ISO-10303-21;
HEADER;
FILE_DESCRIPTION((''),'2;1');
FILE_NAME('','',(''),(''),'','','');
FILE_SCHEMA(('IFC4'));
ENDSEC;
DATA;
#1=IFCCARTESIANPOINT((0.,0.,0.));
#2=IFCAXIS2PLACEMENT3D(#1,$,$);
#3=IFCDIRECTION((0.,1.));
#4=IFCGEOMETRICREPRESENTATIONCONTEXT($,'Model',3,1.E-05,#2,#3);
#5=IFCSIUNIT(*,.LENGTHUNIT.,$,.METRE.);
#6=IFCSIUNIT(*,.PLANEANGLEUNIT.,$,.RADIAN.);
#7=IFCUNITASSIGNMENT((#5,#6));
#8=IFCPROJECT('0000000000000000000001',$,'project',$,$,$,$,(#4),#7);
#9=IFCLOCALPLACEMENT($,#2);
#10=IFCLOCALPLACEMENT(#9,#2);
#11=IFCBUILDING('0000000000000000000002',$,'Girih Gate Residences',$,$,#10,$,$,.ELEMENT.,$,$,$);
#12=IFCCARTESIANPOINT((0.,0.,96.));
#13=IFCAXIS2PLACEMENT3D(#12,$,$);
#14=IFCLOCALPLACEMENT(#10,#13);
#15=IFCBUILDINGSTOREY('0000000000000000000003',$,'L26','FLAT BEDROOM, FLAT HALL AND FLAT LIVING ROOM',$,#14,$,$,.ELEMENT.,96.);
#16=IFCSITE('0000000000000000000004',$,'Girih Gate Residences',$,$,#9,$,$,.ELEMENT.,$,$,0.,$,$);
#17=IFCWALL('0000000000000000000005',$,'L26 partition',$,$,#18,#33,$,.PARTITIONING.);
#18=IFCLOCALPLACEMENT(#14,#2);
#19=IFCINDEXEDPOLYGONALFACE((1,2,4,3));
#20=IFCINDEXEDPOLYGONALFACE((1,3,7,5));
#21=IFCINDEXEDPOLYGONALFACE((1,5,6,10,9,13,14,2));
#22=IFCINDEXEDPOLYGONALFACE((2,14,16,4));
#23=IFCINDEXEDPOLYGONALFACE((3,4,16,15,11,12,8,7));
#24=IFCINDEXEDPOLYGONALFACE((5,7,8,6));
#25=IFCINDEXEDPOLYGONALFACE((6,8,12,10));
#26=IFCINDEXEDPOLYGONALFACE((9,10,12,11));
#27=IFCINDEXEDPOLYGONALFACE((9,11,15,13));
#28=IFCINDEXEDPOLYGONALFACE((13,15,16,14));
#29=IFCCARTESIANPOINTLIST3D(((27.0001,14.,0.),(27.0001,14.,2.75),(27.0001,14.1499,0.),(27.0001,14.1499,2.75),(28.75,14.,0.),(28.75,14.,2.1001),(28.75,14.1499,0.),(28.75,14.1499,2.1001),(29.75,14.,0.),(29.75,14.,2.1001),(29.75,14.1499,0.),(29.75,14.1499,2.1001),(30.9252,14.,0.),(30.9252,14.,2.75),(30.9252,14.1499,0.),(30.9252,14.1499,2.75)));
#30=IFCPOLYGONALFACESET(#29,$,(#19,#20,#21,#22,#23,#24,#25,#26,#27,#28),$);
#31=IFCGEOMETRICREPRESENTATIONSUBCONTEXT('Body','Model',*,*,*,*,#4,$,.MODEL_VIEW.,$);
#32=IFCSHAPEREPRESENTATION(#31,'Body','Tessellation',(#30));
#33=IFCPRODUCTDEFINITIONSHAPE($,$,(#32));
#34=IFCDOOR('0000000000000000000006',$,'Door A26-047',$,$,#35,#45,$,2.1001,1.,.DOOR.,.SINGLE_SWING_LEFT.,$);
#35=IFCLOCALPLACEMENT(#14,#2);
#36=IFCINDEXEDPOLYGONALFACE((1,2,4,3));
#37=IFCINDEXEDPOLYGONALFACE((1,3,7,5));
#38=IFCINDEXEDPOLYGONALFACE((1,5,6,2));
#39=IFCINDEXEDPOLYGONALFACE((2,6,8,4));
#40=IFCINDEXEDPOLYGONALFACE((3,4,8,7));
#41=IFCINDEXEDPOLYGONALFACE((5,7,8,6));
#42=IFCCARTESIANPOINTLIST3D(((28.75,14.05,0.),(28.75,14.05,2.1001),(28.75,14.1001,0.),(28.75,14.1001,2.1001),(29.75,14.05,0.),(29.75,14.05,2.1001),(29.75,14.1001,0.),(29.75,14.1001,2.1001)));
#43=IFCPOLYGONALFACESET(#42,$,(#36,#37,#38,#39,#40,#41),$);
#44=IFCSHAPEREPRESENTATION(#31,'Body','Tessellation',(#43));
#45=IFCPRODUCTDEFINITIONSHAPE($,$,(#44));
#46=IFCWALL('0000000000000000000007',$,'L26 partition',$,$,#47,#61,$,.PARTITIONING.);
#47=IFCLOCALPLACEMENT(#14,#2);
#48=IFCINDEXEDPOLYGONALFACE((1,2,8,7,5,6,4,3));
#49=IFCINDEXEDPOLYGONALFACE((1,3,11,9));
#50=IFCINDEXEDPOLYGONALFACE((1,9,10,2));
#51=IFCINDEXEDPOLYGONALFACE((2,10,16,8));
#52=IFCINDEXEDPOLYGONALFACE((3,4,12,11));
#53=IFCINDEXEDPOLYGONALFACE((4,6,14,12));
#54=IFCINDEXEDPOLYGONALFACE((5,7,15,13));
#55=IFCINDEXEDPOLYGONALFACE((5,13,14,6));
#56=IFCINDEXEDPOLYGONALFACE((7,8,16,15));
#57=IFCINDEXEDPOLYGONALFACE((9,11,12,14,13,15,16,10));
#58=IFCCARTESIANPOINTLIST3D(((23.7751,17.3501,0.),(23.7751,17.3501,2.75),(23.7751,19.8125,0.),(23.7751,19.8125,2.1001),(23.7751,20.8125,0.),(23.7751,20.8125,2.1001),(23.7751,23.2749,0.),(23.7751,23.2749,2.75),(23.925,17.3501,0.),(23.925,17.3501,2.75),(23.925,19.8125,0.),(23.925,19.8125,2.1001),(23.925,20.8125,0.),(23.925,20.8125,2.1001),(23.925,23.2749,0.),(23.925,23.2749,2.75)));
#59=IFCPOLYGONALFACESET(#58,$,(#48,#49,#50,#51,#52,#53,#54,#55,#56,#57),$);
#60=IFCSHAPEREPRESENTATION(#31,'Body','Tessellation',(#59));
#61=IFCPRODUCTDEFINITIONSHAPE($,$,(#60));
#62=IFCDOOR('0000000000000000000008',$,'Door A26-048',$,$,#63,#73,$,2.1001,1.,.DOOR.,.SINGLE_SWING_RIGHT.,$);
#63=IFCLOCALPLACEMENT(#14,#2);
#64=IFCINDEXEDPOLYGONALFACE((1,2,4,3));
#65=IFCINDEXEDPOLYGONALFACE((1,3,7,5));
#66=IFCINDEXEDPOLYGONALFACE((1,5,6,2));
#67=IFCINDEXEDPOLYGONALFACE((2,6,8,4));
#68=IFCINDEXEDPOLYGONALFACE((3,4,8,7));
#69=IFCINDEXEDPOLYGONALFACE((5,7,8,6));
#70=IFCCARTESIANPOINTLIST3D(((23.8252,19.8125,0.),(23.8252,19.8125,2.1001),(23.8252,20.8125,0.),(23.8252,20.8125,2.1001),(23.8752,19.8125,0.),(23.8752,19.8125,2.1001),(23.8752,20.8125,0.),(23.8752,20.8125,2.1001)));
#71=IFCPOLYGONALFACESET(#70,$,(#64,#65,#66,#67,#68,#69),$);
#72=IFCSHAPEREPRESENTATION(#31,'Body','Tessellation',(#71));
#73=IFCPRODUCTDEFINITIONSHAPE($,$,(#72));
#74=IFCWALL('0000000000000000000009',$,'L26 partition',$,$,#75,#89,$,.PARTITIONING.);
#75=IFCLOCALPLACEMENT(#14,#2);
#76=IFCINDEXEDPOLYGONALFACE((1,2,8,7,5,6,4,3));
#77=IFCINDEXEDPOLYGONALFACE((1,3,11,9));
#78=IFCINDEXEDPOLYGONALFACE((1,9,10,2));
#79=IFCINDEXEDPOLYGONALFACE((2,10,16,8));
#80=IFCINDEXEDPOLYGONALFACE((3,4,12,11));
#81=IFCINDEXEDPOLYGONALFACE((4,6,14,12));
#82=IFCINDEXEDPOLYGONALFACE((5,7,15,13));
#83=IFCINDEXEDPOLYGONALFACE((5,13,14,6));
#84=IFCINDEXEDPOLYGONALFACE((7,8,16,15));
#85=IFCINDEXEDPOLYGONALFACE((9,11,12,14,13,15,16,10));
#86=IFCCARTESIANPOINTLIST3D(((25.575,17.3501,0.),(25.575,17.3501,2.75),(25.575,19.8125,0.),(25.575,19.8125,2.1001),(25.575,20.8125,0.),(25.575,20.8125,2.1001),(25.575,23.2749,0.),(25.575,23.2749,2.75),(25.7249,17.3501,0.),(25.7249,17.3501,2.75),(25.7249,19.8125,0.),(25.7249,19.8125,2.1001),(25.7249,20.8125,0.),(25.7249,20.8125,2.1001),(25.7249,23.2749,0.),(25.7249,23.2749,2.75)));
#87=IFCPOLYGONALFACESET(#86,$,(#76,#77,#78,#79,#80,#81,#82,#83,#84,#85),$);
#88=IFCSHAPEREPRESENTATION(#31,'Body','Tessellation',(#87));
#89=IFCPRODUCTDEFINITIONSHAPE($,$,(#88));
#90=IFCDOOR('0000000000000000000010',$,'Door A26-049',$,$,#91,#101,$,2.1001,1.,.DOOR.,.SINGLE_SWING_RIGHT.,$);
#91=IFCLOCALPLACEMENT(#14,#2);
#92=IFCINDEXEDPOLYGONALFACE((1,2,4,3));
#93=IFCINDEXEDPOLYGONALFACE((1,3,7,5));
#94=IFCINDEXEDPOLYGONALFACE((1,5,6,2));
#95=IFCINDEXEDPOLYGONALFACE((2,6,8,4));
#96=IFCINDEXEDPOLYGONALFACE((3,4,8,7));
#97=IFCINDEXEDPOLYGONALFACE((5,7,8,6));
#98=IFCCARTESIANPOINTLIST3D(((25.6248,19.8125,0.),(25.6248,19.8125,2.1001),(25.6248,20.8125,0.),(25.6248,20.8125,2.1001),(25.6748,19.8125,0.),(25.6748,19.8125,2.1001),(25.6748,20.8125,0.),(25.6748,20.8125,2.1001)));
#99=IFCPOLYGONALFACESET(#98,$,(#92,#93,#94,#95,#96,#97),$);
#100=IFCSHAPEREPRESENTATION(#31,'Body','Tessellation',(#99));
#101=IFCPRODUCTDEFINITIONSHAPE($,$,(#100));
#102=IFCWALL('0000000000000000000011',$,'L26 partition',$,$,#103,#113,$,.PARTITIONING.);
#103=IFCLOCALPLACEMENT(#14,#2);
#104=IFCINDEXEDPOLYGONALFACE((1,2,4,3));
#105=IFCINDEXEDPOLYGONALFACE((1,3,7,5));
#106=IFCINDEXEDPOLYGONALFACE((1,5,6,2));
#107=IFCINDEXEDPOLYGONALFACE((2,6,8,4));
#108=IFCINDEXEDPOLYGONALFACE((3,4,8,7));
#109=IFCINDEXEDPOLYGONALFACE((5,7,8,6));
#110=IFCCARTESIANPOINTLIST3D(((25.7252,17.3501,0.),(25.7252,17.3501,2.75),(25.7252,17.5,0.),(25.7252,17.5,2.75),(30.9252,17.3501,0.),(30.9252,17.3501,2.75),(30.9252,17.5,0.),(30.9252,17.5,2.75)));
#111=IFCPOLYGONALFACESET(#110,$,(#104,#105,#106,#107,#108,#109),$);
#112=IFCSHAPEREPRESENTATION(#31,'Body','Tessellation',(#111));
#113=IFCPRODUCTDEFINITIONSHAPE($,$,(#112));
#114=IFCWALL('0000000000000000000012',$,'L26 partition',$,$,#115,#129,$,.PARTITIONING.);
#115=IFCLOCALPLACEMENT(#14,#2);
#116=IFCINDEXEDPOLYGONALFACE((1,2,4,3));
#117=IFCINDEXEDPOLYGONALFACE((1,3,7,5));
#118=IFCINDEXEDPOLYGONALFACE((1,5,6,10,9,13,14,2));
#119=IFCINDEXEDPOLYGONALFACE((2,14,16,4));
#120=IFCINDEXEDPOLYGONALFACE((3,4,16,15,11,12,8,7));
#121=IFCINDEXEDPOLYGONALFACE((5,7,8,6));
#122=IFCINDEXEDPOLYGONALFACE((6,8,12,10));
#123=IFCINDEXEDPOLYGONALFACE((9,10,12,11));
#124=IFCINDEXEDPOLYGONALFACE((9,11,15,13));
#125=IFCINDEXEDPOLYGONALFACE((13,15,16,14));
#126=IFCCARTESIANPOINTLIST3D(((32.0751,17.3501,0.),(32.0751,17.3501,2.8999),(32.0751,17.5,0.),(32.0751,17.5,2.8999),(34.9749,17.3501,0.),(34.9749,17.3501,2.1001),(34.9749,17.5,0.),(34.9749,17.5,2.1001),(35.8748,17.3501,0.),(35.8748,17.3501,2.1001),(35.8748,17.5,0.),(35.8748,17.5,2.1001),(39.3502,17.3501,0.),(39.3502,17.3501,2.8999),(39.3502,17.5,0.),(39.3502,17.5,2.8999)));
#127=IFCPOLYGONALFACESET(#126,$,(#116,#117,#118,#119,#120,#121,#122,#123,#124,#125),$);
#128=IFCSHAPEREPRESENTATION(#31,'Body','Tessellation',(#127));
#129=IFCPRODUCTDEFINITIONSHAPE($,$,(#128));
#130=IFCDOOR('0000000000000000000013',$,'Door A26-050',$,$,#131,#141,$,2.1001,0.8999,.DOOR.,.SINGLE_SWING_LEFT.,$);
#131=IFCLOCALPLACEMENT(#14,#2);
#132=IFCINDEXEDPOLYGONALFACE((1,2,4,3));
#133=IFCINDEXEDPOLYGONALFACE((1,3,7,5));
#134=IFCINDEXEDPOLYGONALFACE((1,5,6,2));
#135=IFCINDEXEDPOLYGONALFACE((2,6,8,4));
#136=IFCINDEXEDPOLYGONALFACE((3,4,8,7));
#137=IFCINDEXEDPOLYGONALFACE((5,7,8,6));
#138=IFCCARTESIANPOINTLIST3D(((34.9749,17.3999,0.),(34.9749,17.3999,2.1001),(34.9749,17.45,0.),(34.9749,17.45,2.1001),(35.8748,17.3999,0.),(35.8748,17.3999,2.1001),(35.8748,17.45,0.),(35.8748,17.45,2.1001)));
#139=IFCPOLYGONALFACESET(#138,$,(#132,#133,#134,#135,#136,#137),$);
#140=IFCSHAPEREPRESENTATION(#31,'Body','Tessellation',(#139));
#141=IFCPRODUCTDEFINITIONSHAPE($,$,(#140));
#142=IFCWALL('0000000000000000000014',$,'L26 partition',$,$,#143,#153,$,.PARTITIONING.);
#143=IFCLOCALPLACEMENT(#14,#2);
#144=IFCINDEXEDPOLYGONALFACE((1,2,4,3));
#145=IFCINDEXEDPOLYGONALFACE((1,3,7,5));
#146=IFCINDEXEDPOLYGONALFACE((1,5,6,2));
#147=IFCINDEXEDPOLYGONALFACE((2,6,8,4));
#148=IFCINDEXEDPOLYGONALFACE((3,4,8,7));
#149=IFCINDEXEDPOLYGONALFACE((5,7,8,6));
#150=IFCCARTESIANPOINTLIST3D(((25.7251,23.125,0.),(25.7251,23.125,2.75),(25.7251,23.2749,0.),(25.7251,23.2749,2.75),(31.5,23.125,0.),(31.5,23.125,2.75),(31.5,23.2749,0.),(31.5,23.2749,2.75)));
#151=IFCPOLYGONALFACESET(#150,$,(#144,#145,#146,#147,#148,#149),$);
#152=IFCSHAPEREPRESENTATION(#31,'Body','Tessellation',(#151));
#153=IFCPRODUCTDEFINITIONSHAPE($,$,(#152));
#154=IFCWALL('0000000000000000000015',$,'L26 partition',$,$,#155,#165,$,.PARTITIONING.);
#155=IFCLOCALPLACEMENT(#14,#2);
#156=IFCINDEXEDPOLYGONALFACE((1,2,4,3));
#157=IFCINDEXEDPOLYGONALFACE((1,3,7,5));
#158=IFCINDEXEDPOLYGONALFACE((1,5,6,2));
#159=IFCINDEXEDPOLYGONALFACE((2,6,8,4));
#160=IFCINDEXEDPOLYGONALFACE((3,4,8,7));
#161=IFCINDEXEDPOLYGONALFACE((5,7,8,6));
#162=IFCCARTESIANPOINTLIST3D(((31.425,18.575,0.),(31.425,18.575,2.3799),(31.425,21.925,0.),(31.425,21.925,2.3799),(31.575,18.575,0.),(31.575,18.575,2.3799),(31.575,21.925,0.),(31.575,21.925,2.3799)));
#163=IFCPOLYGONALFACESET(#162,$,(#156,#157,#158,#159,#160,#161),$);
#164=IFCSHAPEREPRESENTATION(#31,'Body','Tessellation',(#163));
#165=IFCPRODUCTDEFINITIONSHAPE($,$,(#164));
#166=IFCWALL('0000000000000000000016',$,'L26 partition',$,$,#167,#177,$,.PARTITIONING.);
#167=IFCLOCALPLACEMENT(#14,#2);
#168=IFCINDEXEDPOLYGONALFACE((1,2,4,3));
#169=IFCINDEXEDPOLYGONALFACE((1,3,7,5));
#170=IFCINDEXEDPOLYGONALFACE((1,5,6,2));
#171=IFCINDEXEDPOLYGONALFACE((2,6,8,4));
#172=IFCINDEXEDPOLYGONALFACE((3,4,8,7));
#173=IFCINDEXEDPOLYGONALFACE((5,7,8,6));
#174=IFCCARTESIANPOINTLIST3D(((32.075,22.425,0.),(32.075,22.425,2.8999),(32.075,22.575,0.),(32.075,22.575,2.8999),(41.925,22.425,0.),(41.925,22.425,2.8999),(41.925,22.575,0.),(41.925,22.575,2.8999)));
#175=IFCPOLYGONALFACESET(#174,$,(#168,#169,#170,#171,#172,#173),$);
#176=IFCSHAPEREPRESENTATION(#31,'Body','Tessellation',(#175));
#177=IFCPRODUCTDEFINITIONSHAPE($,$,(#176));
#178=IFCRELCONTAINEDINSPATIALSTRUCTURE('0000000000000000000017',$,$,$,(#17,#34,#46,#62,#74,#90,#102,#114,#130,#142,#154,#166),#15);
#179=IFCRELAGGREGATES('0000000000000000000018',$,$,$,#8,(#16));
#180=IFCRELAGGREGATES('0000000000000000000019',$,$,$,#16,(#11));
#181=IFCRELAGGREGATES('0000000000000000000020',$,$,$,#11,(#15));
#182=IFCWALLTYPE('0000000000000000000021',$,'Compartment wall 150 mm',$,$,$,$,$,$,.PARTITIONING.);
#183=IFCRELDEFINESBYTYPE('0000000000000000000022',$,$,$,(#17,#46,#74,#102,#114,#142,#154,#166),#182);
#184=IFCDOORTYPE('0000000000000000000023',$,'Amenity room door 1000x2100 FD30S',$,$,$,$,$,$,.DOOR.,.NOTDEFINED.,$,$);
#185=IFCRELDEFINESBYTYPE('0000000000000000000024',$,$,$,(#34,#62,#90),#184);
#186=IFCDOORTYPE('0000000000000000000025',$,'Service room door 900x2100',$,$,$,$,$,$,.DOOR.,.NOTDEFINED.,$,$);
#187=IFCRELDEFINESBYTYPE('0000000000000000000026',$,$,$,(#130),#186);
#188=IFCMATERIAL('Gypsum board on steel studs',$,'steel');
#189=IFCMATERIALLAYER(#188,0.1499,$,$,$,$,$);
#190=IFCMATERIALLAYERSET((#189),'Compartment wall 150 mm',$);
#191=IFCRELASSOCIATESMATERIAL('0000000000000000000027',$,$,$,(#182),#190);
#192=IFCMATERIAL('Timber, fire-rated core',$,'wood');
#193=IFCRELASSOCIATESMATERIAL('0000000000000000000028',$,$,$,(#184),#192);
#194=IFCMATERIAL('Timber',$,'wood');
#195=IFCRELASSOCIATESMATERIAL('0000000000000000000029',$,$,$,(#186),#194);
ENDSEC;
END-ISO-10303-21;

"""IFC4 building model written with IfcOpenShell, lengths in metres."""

from ifc_helpers import new_model, si_unit, direction, frame, frame_2d, origin, place, context, subcontext, project, spatial, rectangle, extrude, material, layer, layer_set, type_object, element, fill, save


model = new_model("IFC4")

# Units and contexts
model_context = context("Model", 3, precision=1e-05, world=origin(), true_north=direction((0.0, 1.0)))
body_context = subcontext(model_context, "Body", "Model", "MODEL_VIEW")
ifc_project = project(units=[si_unit("LENGTHUNIT", "METRE"), si_unit("PLANEANGLEUNIT", "RADIAN")], contexts=[model_context])

# Site, building, storey
site_placement = place(None, origin())
site = spatial("IfcSite", under=ifc_project, at=site_placement, Name="Girih Gate Residences", CompositionType="ELEMENT", RefElevation=0.0)
building_placement = place(site_placement, origin())
building = spatial("IfcBuilding", under=site, at=building_placement, Name="Girih Gate Residences", CompositionType="ELEMENT")
storey_placement = place(building_placement, frame((0.0, 0.0, 96.0)))
storey = spatial("IfcBuildingStorey", under=building, at=storey_placement, Name="L26", Description="FLAT BEDROOM, FLAT HALL AND FLAT LIVING ROOM", CompositionType="ELEMENT", Elevation=96.0)

# Shared definitions
ifc_material_1 = material(Name="Gypsum board on steel studs", Category="steel")
ifc_layer_1 = layer(ifc_material_1, 0.1499)
ifc_layer_set_1 = layer_set([ifc_layer_1], Name="Compartment wall 150 mm")
wall_type_1 = type_object("IfcWallType", Name="Compartment wall 150 mm", PredefinedType="PARTITIONING", material=ifc_layer_set_1)

# Walls, openings, doors
ifc_material_2 = material(Name="Timber, fire-rated core", Category="wood")
door_type_1 = type_object("IfcDoorType", Name="Amenity room door 1000x2100 FD30S", OperationType="NOTDEFINED", PredefinedType="DOOR", material=ifc_material_2)
wall_1_placement = place(storey_placement, frame((30.925, 14.075, 0.0), z_axis=(0.0, 0.0, 1.0), x_axis=(-1.0, 0.0, 0.0)))
wall_1 = element("IfcWall", 1, at=wall_1_placement, inside=storey, type_object=wall_type_1, Name="L26 partition", PredefinedType="PARTITIONING", context=body_context, shape_type="SweptSolid", body=[
    extrude(rectangle(XDim=3.925, YDim=0.1499, at=frame_2d((1.9624, 0.0))), origin(), (0.0, 0.0, 1.0), 2.75),
])
opening_1_placement = place(wall_1_placement, frame((1.175, 0.0, 0.0)))
opening_1 = element("IfcOpeningElement", 2, at=opening_1_placement, cuts=wall_1, PredefinedType="OPENING", context=body_context, shape_type="SweptSolid", body=[
    extrude(rectangle(XDim=1.0, YDim=2.1001, at=frame_2d((0.5, 1.05))), frame((0.0, 0.085, 0.0), z_axis=(0.0, -1.0, 0.0), x_axis=(1.0, 0.0, 0.0)), (0.0, 0.0, 1.0), 0.1699),
])
door_1_placement = place(opening_1_placement, origin())
door_1 = element("IfcDoor", 3, at=door_1_placement, inside=storey, type_object=door_type_1, Name="Door A26-047", OperationType="SINGLE_SWING_LEFT", OverallHeight=2.1001, OverallWidth=1.0, PredefinedType="DOOR", context=body_context, shape_type="SweptSolid", body=[
    extrude(rectangle(XDim=1.0, YDim=2.1001, at=frame_2d((0.5, 1.05))), frame((0.0, 0.0249, 0.0), z_axis=(0.0, -1.0, 0.0), x_axis=(1.0, 0.0, 0.0)), (0.0, 0.0, 1.0), 0.05),
])
fill(opening_1, door_1)
wall_2_placement = place(storey_placement, frame((23.8501, 17.3501, 0.0), z_axis=(0.0, 0.0, 1.0), x_axis=(0.0, 1.0, 0.0)))
wall_2 = element("IfcWall", 4, at=wall_2_placement, inside=storey, type_object=wall_type_1, Name="L26 partition", PredefinedType="PARTITIONING", context=body_context, shape_type="SweptSolid", body=[
    extrude(rectangle(XDim=5.9248, YDim=0.1499, at=frame_2d((2.9624, 0.0))), origin(), (0.0, 0.0, 1.0), 2.75),
])
opening_2_placement = place(wall_2_placement, frame((2.4624, 0.0, 0.0)))
opening_2 = element("IfcOpeningElement", 5, at=opening_2_placement, cuts=wall_2, PredefinedType="OPENING", context=body_context, shape_type="SweptSolid", body=[
    extrude(rectangle(XDim=1.0, YDim=2.1001, at=frame_2d((0.5, 1.05))), frame((0.0, 0.085, 0.0), z_axis=(0.0, -1.0, 0.0), x_axis=(1.0, 0.0, 0.0)), (0.0, 0.0, 1.0), 0.1699),
])
door_2_placement = place(opening_2_placement, origin())
door_2 = element("IfcDoor", 6, at=door_2_placement, inside=storey, type_object=door_type_1, Name="Door A26-048", OperationType="SINGLE_SWING_RIGHT", OverallHeight=2.1001, OverallWidth=1.0, PredefinedType="DOOR", context=body_context, shape_type="SweptSolid", body=[
    extrude(rectangle(XDim=1.0, YDim=2.1001, at=frame_2d((0.5, 1.05))), frame((0.0, 0.0249, 0.0), z_axis=(0.0, -1.0, 0.0), x_axis=(1.0, 0.0, 0.0)), (0.0, 0.0, 1.0), 0.05),
])
fill(opening_2, door_2)
wall_3_placement = place(storey_placement, frame((25.6499, 23.2749, 0.0), z_axis=(0.0, 0.0, 1.0), x_axis=(0.0, -1.0, 0.0)))
wall_3 = element("IfcWall", 7, at=wall_3_placement, inside=storey, type_object=wall_type_1, Name="L26 partition", PredefinedType="PARTITIONING", context=body_context, shape_type="SweptSolid", body=[
    extrude(rectangle(XDim=5.9248, YDim=0.1499, at=frame_2d((2.9624, 0.0))), origin(), (0.0, 0.0, 1.0), 2.75),
])
opening_3_placement = place(wall_3_placement, frame((2.4624, 0.0, 0.0)))
opening_3 = element("IfcOpeningElement", 8, at=opening_3_placement, cuts=wall_3, PredefinedType="OPENING", context=body_context, shape_type="SweptSolid", body=[
    extrude(rectangle(XDim=1.0, YDim=2.1001, at=frame_2d((0.5, 1.05))), frame((0.0, 0.085, 0.0), z_axis=(0.0, -1.0, 0.0), x_axis=(1.0, 0.0, 0.0)), (0.0, 0.0, 1.0), 0.1699),
])
door_3_placement = place(opening_3_placement, origin())
door_3 = element("IfcDoor", 9, at=door_3_placement, inside=storey, type_object=door_type_1, Name="Door A26-049", OperationType="SINGLE_SWING_RIGHT", OverallHeight=2.1001, OverallWidth=1.0, PredefinedType="DOOR", context=body_context, shape_type="SweptSolid", body=[
    extrude(rectangle(XDim=1.0, YDim=2.1001, at=frame_2d((0.5, 1.05))), frame((0.0, 0.0249, 0.0), z_axis=(0.0, -1.0, 0.0), x_axis=(1.0, 0.0, 0.0)), (0.0, 0.0, 1.0), 0.05),
])
fill(opening_3, door_3)

# Wall
wall_4_placement = place(storey_placement, frame((25.7251, 17.425, 0.0), z_axis=(0.0, 0.0, 1.0), x_axis=(1.0, 0.0, 0.0)))
element("IfcWall", 10, at=wall_4_placement, inside=storey, type_object=wall_type_1, Name="L26 partition", PredefinedType="PARTITIONING", context=body_context, shape_type="SweptSolid", body=[
    extrude(rectangle(XDim=5.2, YDim=0.1499, at=frame_2d((2.6001, 0.0))), origin(), (0.0, 0.0, 1.0), 2.75),
])

# Wall, opening, door
wall_5_placement = place(storey_placement, frame((32.075, 17.425, 0.0), z_axis=(0.0, 0.0, 1.0), x_axis=(1.0, 0.0, 0.0)))
wall_5 = element("IfcWall", 11, at=wall_5_placement, inside=storey, type_object=wall_type_1, Name="L26 partition", PredefinedType="PARTITIONING", context=body_context, shape_type="SweptSolid", body=[
    extrude(rectangle(XDim=7.2751, YDim=0.1499, at=frame_2d((3.6377, 0.0))), origin(), (0.0, 0.0, 1.0), 2.8999),
])
opening_4_placement = place(wall_5_placement, frame((2.8999, 0.0, 0.0)))
opening_4 = element("IfcOpeningElement", 12, at=opening_4_placement, cuts=wall_5, PredefinedType="OPENING", context=body_context, shape_type="SweptSolid", body=[
    extrude(rectangle(XDim=0.8999, YDim=2.1001, at=frame_2d((0.45, 1.05))), frame((0.0, 0.085, 0.0), z_axis=(0.0, -1.0, 0.0), x_axis=(1.0, 0.0, 0.0)), (0.0, 0.0, 1.0), 0.1699),
])
ifc_material_3 = material(Name="Timber", Category="wood")
door_type_2 = type_object("IfcDoorType", Name="Service room door 900x2100", OperationType="NOTDEFINED", PredefinedType="DOOR", material=ifc_material_3)
door_4_placement = place(opening_4_placement, origin())
door_4 = element("IfcDoor", 13, at=door_4_placement, inside=storey, type_object=door_type_2, Name="Door A26-050", OperationType="SINGLE_SWING_LEFT", OverallHeight=2.1001, OverallWidth=0.8999, PredefinedType="DOOR", context=body_context, shape_type="SweptSolid", body=[
    extrude(rectangle(XDim=0.8999, YDim=2.1001, at=frame_2d((0.45, 1.05))), frame((0.0, 0.0249, 0.0), z_axis=(0.0, -1.0, 0.0), x_axis=(1.0, 0.0, 0.0)), (0.0, 0.0, 1.0), 0.05),
])
fill(opening_4, door_4)

# Walls
wall_6_placement = place(storey_placement, frame((25.7251, 23.2, 0.0), z_axis=(0.0, 0.0, 1.0), x_axis=(1.0, 0.0, 0.0)))
element("IfcWall", 14, at=wall_6_placement, inside=storey, type_object=wall_type_1, Name="L26 partition", PredefinedType="PARTITIONING", context=body_context, shape_type="SweptSolid", body=[
    extrude(rectangle(XDim=5.7749, YDim=0.1499, at=frame_2d((2.8875, 0.0))), origin(), (0.0, 0.0, 1.0), 2.75),
])
wall_7_placement = place(storey_placement, frame((31.5, 18.575, 0.0), z_axis=(0.0, 0.0, 1.0), x_axis=(0.0, 1.0, 0.0)))
element("IfcWall", 15, at=wall_7_placement, inside=storey, type_object=wall_type_1, Name="L26 partition", PredefinedType="PARTITIONING", context=body_context, shape_type="SweptSolid", body=[
    extrude(rectangle(XDim=3.3501, YDim=0.1499, at=frame_2d((1.675, 0.0))), origin(), (0.0, 0.0, 1.0), 2.3799),
])
wall_8_placement = place(storey_placement, frame((32.075, 22.5, 0.0), z_axis=(0.0, 0.0, 1.0), x_axis=(1.0, 0.0, 0.0)))
element("IfcWall", 16, at=wall_8_placement, inside=storey, type_object=wall_type_1, Name="L26 partition", PredefinedType="PARTITIONING", context=body_context, shape_type="SweptSolid", body=[
    extrude(rectangle(XDim=9.8501, YDim=0.1499, at=frame_2d((4.925, 0.0))), origin(), (0.0, 0.0, 1.0), 2.8999),
])

save(model, "model.ifc")
